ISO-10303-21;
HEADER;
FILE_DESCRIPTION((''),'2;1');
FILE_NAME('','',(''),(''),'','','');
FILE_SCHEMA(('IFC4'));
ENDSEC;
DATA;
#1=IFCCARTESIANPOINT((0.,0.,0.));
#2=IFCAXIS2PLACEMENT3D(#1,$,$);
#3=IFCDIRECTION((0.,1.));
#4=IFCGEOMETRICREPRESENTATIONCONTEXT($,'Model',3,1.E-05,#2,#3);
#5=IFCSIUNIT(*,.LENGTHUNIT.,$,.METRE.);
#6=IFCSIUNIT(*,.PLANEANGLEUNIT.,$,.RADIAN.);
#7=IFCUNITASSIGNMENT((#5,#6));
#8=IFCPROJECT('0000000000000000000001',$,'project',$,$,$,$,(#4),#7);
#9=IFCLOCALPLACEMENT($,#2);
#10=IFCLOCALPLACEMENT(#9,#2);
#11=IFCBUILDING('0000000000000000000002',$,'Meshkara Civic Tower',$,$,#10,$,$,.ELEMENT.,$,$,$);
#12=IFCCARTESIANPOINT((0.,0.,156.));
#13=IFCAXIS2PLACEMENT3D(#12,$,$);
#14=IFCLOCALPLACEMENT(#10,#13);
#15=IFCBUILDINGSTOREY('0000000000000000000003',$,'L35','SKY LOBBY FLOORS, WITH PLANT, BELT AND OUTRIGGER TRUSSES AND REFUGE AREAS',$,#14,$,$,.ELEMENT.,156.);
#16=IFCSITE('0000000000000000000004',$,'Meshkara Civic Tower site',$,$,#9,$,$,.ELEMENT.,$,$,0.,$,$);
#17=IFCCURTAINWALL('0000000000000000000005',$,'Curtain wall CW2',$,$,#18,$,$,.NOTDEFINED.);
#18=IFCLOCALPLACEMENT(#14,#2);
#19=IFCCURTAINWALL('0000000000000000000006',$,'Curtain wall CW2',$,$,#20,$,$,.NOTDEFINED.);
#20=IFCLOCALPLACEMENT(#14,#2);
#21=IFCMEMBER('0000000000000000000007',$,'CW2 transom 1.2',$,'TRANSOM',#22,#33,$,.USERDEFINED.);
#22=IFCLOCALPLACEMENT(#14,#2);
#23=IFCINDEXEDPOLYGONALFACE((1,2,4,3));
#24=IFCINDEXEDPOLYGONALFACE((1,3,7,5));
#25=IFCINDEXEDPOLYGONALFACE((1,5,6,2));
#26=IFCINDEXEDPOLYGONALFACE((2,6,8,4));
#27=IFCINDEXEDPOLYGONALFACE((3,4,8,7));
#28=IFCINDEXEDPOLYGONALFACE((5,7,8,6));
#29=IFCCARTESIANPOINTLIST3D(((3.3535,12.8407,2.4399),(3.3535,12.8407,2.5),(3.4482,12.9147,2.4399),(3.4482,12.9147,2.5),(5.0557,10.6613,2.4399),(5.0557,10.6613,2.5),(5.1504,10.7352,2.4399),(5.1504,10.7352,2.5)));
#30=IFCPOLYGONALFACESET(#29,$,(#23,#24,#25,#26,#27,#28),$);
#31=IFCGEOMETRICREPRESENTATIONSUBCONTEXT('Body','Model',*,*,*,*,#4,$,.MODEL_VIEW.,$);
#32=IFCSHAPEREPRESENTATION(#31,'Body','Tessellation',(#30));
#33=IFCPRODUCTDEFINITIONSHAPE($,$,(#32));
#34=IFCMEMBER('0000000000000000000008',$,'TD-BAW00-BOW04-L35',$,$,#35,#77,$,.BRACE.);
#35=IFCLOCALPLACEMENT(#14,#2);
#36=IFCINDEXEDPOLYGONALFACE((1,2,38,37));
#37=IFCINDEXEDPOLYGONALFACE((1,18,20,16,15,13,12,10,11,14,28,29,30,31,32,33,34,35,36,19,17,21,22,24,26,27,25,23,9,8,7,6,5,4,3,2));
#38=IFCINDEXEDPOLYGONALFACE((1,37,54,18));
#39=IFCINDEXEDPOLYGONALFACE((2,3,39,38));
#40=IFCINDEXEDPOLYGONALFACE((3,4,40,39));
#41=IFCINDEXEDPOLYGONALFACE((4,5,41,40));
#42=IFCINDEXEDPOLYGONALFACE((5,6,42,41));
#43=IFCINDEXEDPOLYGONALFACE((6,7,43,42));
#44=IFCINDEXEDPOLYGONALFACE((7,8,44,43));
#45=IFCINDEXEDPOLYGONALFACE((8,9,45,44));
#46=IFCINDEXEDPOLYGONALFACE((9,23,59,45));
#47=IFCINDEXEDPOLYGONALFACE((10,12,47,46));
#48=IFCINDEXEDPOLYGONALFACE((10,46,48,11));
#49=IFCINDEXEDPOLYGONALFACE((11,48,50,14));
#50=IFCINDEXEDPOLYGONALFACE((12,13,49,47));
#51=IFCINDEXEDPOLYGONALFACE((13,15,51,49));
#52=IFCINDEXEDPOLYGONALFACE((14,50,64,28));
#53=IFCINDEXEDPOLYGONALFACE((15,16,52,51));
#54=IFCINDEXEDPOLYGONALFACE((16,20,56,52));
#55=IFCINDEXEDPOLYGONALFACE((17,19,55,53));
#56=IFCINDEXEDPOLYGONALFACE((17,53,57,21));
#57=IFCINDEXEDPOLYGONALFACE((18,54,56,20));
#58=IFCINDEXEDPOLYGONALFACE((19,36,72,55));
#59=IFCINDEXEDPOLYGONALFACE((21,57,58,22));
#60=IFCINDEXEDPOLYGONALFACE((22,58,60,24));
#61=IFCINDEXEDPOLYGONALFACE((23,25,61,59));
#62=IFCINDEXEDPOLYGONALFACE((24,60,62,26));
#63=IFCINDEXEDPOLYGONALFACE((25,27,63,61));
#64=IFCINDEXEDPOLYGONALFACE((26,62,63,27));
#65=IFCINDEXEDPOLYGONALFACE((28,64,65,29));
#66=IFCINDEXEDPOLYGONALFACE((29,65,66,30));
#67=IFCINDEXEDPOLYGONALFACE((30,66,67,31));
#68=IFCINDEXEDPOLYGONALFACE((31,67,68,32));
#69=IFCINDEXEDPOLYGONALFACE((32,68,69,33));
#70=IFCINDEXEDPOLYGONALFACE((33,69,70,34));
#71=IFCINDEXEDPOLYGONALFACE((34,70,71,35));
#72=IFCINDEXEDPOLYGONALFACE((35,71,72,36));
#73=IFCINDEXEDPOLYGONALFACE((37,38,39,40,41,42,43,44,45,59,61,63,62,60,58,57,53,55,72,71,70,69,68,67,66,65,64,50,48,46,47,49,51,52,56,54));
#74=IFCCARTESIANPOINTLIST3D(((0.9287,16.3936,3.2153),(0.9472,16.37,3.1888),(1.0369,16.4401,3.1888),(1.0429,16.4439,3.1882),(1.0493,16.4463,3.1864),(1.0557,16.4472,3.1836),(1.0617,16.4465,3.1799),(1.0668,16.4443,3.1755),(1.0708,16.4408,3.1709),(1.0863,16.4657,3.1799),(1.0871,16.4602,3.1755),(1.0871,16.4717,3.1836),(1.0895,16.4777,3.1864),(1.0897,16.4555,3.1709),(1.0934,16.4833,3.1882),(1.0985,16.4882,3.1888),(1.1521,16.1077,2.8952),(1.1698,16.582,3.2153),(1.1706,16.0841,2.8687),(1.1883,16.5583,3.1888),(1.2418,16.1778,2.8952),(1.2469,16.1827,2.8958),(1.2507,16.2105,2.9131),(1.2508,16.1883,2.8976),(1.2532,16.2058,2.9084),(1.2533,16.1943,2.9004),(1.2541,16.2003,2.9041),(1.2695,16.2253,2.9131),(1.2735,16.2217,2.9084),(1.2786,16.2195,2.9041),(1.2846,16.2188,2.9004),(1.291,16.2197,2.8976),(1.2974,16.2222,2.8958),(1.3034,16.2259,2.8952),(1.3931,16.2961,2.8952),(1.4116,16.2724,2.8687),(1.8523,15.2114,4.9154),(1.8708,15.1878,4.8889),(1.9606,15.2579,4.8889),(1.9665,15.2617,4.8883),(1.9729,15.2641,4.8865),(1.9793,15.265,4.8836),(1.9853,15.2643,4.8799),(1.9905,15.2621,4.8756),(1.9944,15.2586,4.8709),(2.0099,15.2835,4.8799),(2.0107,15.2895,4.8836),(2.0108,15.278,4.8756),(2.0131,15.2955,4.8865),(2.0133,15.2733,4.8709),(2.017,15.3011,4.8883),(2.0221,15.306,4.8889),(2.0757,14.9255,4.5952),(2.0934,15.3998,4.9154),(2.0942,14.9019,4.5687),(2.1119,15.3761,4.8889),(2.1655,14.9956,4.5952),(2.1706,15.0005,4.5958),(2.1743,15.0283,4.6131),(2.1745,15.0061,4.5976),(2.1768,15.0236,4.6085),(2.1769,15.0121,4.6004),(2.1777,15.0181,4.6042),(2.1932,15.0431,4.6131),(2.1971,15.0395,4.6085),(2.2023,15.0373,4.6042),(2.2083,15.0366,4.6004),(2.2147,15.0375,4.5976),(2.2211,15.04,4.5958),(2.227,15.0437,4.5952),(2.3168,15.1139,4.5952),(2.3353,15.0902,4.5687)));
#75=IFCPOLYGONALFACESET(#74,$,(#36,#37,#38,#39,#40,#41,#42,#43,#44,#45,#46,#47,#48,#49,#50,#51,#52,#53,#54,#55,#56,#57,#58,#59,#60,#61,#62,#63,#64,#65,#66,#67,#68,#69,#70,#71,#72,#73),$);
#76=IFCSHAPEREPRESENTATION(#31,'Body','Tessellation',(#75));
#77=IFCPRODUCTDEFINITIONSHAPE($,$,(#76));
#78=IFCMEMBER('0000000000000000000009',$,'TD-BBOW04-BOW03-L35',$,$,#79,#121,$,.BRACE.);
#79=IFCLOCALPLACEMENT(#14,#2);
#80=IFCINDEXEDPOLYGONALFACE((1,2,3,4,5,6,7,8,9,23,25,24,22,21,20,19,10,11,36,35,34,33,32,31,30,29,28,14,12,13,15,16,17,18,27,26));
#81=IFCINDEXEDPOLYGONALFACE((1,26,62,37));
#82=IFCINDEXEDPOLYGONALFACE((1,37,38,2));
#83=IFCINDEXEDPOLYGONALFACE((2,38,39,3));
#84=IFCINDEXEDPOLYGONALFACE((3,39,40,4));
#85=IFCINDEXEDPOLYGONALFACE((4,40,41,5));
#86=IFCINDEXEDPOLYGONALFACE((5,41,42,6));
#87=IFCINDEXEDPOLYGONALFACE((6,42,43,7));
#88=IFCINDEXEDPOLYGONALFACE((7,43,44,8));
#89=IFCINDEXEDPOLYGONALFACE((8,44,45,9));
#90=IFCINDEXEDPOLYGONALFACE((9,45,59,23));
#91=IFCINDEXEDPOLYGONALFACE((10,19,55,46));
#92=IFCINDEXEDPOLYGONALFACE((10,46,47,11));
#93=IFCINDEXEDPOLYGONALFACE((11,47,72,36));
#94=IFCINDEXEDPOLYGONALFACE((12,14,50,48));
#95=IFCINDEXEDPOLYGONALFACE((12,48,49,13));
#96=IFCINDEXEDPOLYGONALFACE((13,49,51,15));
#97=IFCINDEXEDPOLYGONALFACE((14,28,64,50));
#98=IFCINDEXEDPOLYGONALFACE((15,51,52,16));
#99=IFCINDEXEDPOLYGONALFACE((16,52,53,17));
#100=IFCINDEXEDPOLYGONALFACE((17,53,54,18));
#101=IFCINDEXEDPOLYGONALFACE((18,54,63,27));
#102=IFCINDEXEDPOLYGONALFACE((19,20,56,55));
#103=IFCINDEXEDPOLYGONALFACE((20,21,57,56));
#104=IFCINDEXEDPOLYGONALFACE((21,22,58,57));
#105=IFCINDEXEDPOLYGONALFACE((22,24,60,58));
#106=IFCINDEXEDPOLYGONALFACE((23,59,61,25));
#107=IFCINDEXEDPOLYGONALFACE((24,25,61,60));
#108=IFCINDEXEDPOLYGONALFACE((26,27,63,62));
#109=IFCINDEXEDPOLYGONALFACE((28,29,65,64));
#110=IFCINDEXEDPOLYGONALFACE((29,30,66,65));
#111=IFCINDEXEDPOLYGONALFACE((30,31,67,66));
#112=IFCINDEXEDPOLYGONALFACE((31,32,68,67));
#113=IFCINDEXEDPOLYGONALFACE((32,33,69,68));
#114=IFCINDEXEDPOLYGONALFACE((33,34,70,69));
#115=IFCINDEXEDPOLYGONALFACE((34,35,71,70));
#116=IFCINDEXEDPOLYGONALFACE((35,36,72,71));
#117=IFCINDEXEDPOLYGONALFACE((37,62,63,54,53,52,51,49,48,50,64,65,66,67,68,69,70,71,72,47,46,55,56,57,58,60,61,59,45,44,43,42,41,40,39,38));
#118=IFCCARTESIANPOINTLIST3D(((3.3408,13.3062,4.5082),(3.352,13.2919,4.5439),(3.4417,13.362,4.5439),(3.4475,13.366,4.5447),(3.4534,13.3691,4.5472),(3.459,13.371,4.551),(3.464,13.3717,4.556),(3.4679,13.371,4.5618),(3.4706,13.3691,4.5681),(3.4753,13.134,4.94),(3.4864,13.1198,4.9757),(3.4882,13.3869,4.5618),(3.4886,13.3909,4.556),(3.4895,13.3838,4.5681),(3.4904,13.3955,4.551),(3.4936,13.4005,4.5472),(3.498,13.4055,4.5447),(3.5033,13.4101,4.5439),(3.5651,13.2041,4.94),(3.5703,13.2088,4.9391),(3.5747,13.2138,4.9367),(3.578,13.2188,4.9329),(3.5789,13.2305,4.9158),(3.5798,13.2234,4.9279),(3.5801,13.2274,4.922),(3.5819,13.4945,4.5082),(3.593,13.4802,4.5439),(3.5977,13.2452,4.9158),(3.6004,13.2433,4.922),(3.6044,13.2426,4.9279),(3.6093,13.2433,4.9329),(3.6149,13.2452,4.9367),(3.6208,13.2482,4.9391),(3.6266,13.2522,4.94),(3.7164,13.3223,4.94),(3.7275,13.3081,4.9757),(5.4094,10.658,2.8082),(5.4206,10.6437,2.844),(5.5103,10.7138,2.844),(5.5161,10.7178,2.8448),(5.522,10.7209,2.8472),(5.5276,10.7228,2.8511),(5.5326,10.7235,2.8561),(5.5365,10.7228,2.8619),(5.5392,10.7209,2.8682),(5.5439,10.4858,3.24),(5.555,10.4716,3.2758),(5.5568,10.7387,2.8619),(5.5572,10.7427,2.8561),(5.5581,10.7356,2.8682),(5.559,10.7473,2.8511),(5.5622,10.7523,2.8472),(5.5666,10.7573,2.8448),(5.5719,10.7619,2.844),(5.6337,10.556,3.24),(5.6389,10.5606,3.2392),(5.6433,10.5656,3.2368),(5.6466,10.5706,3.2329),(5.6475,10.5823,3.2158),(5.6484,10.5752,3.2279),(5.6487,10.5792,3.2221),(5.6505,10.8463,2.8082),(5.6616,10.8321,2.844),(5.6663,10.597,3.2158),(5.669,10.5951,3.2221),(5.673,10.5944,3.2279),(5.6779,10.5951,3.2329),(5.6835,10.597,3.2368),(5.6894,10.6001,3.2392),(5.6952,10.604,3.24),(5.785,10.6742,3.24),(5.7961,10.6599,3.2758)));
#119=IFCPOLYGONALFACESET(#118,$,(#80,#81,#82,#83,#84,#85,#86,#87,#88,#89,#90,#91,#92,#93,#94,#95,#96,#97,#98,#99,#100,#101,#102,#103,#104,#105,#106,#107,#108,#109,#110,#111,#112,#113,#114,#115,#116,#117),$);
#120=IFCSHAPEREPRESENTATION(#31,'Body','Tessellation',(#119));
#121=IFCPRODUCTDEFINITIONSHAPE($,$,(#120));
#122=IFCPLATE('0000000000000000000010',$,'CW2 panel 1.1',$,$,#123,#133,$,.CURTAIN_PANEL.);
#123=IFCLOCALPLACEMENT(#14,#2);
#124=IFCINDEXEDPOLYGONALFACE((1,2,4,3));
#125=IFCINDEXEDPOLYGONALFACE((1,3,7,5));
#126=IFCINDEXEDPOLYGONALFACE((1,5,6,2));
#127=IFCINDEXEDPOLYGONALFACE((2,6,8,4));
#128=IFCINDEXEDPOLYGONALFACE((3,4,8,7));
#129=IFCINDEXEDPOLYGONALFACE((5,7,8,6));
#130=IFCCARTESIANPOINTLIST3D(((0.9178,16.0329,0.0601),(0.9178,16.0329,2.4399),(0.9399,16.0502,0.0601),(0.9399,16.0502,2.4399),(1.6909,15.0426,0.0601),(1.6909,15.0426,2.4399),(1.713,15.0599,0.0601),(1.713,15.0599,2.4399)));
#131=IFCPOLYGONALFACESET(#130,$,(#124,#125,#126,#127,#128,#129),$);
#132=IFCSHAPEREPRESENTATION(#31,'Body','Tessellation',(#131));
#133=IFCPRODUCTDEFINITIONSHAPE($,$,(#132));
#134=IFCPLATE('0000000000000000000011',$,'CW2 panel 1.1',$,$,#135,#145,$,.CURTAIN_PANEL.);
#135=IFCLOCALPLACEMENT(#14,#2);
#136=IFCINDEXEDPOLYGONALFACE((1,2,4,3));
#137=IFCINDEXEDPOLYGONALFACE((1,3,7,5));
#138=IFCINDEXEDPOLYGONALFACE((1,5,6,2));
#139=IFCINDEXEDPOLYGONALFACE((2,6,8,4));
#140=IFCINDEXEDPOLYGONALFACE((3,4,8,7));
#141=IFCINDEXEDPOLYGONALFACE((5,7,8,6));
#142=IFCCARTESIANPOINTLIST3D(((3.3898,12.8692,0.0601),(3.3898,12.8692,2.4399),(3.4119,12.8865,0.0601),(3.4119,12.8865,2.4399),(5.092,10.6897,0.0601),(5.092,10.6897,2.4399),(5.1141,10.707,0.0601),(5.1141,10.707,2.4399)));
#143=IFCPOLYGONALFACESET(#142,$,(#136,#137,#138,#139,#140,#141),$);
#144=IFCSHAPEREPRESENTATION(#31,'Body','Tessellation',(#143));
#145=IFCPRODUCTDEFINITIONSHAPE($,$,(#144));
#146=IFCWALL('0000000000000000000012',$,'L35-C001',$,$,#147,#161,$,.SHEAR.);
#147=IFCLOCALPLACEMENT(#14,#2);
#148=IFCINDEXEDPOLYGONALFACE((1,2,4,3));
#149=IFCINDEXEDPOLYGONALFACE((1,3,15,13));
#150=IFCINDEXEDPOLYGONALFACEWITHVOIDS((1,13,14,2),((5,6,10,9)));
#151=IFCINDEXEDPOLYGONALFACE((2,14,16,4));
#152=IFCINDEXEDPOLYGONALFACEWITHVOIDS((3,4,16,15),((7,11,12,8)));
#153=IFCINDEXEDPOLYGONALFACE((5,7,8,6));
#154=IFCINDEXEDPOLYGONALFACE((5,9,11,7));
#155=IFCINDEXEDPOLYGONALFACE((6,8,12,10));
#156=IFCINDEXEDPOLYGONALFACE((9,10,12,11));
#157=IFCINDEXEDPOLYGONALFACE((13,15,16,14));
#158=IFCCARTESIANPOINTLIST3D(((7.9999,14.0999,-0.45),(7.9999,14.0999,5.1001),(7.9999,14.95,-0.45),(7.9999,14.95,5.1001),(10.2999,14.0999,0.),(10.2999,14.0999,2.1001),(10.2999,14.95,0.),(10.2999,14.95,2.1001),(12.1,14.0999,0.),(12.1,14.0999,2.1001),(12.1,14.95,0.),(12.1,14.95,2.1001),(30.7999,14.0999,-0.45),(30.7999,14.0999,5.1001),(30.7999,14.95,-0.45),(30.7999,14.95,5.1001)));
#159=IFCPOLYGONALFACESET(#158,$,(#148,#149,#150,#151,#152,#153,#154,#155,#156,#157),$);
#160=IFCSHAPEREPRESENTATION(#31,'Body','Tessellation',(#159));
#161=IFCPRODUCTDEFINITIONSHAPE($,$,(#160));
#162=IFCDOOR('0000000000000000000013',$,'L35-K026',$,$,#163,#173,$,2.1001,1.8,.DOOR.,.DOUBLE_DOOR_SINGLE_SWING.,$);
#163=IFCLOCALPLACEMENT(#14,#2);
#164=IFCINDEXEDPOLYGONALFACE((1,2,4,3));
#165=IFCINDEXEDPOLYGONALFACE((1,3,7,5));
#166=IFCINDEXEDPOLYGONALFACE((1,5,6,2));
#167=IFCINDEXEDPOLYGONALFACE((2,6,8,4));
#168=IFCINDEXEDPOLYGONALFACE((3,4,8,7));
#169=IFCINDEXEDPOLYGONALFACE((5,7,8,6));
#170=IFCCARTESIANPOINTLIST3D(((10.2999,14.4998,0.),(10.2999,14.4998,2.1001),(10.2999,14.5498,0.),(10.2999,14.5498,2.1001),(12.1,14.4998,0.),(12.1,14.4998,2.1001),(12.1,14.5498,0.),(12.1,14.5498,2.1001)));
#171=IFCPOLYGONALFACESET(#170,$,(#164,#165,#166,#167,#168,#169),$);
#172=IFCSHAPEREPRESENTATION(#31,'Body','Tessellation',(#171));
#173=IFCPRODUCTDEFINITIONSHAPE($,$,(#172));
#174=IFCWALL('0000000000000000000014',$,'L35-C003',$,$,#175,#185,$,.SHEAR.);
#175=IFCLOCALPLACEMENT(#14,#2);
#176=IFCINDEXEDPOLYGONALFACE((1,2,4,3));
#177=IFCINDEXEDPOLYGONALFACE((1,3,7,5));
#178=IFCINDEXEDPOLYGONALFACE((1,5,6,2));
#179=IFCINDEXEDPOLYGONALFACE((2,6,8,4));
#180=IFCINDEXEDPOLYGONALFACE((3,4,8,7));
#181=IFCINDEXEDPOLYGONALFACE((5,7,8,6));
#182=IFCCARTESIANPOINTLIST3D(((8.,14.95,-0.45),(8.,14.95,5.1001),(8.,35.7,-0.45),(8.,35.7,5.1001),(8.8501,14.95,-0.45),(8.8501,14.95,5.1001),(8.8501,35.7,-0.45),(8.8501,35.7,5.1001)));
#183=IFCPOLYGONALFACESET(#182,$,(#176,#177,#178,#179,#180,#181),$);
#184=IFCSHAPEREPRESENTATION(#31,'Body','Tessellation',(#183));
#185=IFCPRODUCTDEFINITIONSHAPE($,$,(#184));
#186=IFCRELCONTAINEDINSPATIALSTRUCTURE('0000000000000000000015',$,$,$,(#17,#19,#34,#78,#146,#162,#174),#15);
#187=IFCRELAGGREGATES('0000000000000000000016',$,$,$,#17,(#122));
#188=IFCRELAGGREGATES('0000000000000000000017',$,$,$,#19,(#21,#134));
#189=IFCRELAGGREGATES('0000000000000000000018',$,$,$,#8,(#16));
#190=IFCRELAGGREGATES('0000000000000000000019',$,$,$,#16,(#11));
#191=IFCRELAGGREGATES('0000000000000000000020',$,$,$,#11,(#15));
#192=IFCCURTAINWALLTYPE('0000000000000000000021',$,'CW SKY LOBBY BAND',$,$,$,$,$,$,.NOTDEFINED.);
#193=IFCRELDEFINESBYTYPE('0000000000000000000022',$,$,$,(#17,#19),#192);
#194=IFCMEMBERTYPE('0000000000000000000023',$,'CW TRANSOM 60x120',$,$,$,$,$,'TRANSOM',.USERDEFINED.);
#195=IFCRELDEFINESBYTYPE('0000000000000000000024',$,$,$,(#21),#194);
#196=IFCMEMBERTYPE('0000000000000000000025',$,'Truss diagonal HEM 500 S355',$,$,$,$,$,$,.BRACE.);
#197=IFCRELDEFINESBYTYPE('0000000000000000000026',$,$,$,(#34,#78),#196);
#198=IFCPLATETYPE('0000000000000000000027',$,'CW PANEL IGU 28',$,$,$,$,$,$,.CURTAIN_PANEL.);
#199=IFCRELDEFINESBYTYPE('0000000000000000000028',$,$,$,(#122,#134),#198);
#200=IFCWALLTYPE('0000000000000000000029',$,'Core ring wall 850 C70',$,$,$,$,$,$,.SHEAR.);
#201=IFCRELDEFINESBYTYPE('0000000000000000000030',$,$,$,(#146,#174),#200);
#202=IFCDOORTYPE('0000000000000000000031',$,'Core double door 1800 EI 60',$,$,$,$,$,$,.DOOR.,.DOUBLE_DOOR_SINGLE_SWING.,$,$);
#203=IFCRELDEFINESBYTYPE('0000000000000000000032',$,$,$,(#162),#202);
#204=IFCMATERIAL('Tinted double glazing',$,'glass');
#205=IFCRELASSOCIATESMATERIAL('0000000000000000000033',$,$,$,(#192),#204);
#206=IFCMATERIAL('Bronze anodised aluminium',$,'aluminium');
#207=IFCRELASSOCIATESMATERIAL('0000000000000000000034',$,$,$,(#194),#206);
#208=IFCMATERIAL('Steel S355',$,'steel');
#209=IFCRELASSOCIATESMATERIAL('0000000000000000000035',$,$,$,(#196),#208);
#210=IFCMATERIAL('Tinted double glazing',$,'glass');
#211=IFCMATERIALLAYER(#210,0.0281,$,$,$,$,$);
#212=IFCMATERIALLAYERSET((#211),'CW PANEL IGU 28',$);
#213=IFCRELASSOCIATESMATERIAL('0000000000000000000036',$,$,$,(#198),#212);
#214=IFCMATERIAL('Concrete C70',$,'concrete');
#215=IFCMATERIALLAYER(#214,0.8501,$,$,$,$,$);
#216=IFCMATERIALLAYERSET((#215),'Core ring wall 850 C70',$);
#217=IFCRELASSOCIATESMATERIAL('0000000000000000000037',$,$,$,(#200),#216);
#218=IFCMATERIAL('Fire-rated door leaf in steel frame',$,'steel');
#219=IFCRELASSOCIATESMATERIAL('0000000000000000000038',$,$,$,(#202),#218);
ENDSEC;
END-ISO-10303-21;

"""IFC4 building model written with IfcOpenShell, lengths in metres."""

from ifc_helpers import new_model, si_unit, direction, frame, frame_2d, origin, origin_2d, place, context, subcontext, project, spatial, rectangle, i_section, extrude, material, layer, layer_set, material_profile, profile_set, type_object, element, fill, aggregate, save


model = new_model("IFC4")

# Units and contexts
model_context = context("Model", 3, precision=1e-05, world=origin(), true_north=direction((0.0, 1.0)))
body_context = subcontext(model_context, "Body", "Model", "MODEL_VIEW")
ifc_project = project(units=[si_unit("LENGTHUNIT", "METRE"), si_unit("PLANEANGLEUNIT", "RADIAN")], contexts=[model_context])

# Site, building, storey
site_placement = place(None, origin())
site = spatial("IfcSite", under=ifc_project, at=site_placement, Name="Meshkara Civic Tower site", CompositionType="ELEMENT", RefElevation=0.0)
building_placement = place(site_placement, origin())
building = spatial("IfcBuilding", under=site, at=building_placement, Name="Meshkara Civic Tower", CompositionType="ELEMENT")
storey_placement = place(building_placement, frame((0.0, 0.0, 156.0)))
storey = spatial("IfcBuildingStorey", under=building, at=storey_placement, Name="L35", Description="SKY LOBBY FLOORS, WITH PLANT, BELT AND OUTRIGGER TRUSSES AND REFUGE AREAS", CompositionType="ELEMENT", Elevation=156.0)

# Curtain wall
ifc_material_1 = material(Name="Tinted double glazing", Category="glass")
curtain_wall_type = type_object("IfcCurtainWallType", Name="CW SKY LOBBY BAND", PredefinedType="NOTDEFINED", material=ifc_material_1)
curtain_wall_1_placement = place(storey_placement, origin())
curtain_wall_1 = element("IfcCurtainWall", 1, at=curtain_wall_1_placement, inside=storey, type_object=curtain_wall_type, Name="Curtain wall CW2", PredefinedType="NOTDEFINED")

# Curtain wall
curtain_wall_2_placement = place(storey_placement, origin())
curtain_wall_2 = element("IfcCurtainWall", 2, at=curtain_wall_2_placement, inside=storey, type_object=curtain_wall_type, Name="Curtain wall CW2", PredefinedType="NOTDEFINED")

# Member
ifc_material_2 = material(Name="Bronze anodised aluminium", Category="aluminium")
ifc_material_profile_1 = material_profile(ifc_material_2, rectangle(XDim=0.1201, YDim=0.0601, at=origin_2d()))
ifc_profile_set_1 = profile_set([ifc_material_profile_1], Name="Bronze anodised aluminium")
member_type_1 = type_object("IfcMemberType", Name="CW TRANSOM 60x120", ElementType="TRANSOM", PredefinedType="USERDEFINED", material=ifc_profile_set_1)
member_1_placement = place(storey_placement, frame((3.4009, 12.8777, 2.47), z_axis=(0.615522, -0.788119, 0.0), x_axis=(0.788119, 0.615522, 0.0)))
member_1 = element("IfcMember", 3, at=member_1_placement, type_object=member_type_1, Name="CW2 transom 1.2", ObjectType="TRANSOM", PredefinedType="USERDEFINED", context=body_context, shape_type="SweptSolid", body=[
    extrude(rectangle(XDim=0.1201, YDim=0.0601, at=origin_2d()), origin(), (0.0, 0.0, 1.0), 2.7654),
])

# Members
ifc_material_3 = material(Name="Steel S355", Category="steel")
ifc_material_profile_2 = material_profile(ifc_material_3, i_section(OverallWidth=0.3059, OverallDepth=0.5239, WebThickness=0.0239, FlangeThickness=0.04, FilletRadius=0.0271, at=origin_2d()))
ifc_profile_set_2 = profile_set([ifc_material_profile_2], Name="Steel S355")
member_type_2 = type_object("IfcMemberType", Name="Truss diagonal HEM 500 S355", PredefinedType="BRACE", material=ifc_profile_set_2)
member_2_placement = place(storey_placement, frame((1.1702, 16.333, 3.042), z_axis=(0.407365, -0.521401, 0.749797), x_axis=(0.78801, 0.615663, 0.0)))
element("IfcMember", 4, at=member_2_placement, inside=storey, type_object=member_type_2, Name="TD-BAW00-BOW04-L35", PredefinedType="BRACE", context=body_context, shape_type="SweptSolid", body=[
    extrude(i_section(OverallWidth=0.3059, OverallDepth=0.5239, WebThickness=0.0239, FlangeThickness=0.04, FilletRadius=0.0271, at=origin_2d()), origin(), (0.0, 0.0, 1.0), 2.2673),
])
member_3_placement = place(storey_placement, frame((3.5342, 13.3071, 4.7419), z_axis=(0.549301, -0.703206, -0.451408), x_axis=(0.788067, 0.615589, 0.0)))
element("IfcMember", 5, at=member_3_placement, inside=storey, type_object=member_type_2, Name="TD-BBOW04-BOW03-L35", PredefinedType="BRACE", context=body_context, shape_type="SweptSolid", body=[
    extrude(i_section(OverallWidth=0.3059, OverallDepth=0.5239, WebThickness=0.0239, FlangeThickness=0.04, FilletRadius=0.0271, at=origin_2d()), origin(), (0.0, 0.0, 1.0), 3.7659),
])

# Plates
ifc_material_4 = material(Name="Tinted double glazing", Category="glass")
ifc_layer_1 = layer(ifc_material_4, 0.0281)
ifc_layer_set_1 = layer_set([ifc_layer_1], Name="CW PANEL IGU 28")
plate_type = type_object("IfcPlateType", Name="CW PANEL IGU 28", PredefinedType="CURTAIN_PANEL", material=ifc_layer_set_1)
plate_1_placement = place(storey_placement, frame((1.3154, 15.5464, 0.0601), z_axis=(0.0, 0.0, 1.0), x_axis=(0.615348, -0.788256, 0.0)))
plate_1 = element("IfcPlate", 6, at=plate_1_placement, type_object=plate_type, Name="CW2 panel 1.1", PredefinedType="CURTAIN_PANEL", context=body_context, shape_type="SweptSolid", body=[
    extrude(rectangle(XDim=1.2563, YDim=0.0281, at=origin_2d()), origin(), (0.0, 0.0, 1.0), 2.3799),
])
aggregate(curtain_wall_1, [plate_1])
plate_2_placement = place(storey_placement, frame((4.252, 11.7881, 0.0601), z_axis=(0.0, 0.0, 1.0), x_axis=(0.615523, -0.788119, 0.0)))
plate_2 = element("IfcPlate", 7, at=plate_2_placement, type_object=plate_type, Name="CW2 panel 1.1", PredefinedType="CURTAIN_PANEL", context=body_context, shape_type="SweptSolid", body=[
    extrude(rectangle(XDim=2.7654, YDim=0.0281, at=origin_2d()), origin(), (0.0, 0.0, 1.0), 2.3799),
])
aggregate(curtain_wall_2, [member_1, plate_2])

# Wall, opening, door
ifc_material_5 = material(Name="Concrete C70", Category="concrete")
ifc_layer_2 = layer(ifc_material_5, 0.8501)
ifc_layer_set_2 = layer_set([ifc_layer_2], Name="Core ring wall 850 C70")
wall_type_1 = type_object("IfcWallType", Name="Core ring wall 850 C70", PredefinedType="SHEAR", material=ifc_layer_set_2)
wall_1_placement = place(storey_placement, frame((8.0, 14.5249, -0.45), z_axis=(0.0, 0.0, 1.0), x_axis=(1.0, 0.0, 0.0)))
wall_1 = element("IfcWall", 8, at=wall_1_placement, inside=storey, type_object=wall_type_1, Name="L35-C001", PredefinedType="SHEAR", context=body_context, shape_type="SweptSolid", body=[
    extrude(rectangle(XDim=22.8, YDim=0.8501, at=frame_2d((11.3999, 0.0))), origin(), (0.0, 0.0, 1.0), 5.55),
])
opening_1_placement = place(wall_1_placement, frame((2.3, 0.0, 0.45)))
opening_1 = element("IfcOpeningElement", 9, at=opening_1_placement, cuts=wall_1, PredefinedType="OPENING", context=body_context, shape_type="SweptSolid", body=[
    extrude(rectangle(XDim=1.8, YDim=2.1001, at=frame_2d((0.8999, 1.05))), frame((0.0, 0.4351, 0.0), z_axis=(0.0, -1.0, 0.0), x_axis=(1.0, 0.0, 0.0)), (0.0, 0.0, 1.0), 0.8701),
])
ifc_material_6 = material(Name="Fire-rated door leaf in steel frame", Category="steel")
door_type_1 = type_object("IfcDoorType", Name="Core double door 1800 EI 60", OperationType="DOUBLE_DOOR_SINGLE_SWING", PredefinedType="DOOR", material=ifc_material_6)
door_1_placement = place(opening_1_placement, origin())
door_1 = element("IfcDoor", 10, at=door_1_placement, inside=storey, type_object=door_type_1, Name="L35-K026", OperationType="DOUBLE_DOOR_SINGLE_SWING", OverallHeight=2.1001, OverallWidth=1.8, PredefinedType="DOOR", context=body_context, shape_type="SweptSolid", body=[
    extrude(rectangle(XDim=1.8, YDim=2.1001, at=frame_2d((0.8999, 1.05))), frame((0.0, 0.0249, 0.0), z_axis=(0.0, -1.0, 0.0), x_axis=(1.0, 0.0, 0.0)), (0.0, 0.0, 1.0), 0.05),
])
fill(opening_1, door_1)

# Wall
wall_2_placement = place(storey_placement, frame((8.425, 14.95, -0.45), z_axis=(0.0, 0.0, 1.0), x_axis=(0.0, 1.0, 0.0)))
element("IfcWall", 11, at=wall_2_placement, inside=storey, type_object=wall_type_1, Name="L35-C003", PredefinedType="SHEAR", context=body_context, shape_type="SweptSolid", body=[
    extrude(rectangle(XDim=20.75, YDim=0.8501, at=frame_2d((10.375, 0.0))), origin(), (0.0, 0.0, 1.0), 5.55),
])

save(model, "model.ifc")
